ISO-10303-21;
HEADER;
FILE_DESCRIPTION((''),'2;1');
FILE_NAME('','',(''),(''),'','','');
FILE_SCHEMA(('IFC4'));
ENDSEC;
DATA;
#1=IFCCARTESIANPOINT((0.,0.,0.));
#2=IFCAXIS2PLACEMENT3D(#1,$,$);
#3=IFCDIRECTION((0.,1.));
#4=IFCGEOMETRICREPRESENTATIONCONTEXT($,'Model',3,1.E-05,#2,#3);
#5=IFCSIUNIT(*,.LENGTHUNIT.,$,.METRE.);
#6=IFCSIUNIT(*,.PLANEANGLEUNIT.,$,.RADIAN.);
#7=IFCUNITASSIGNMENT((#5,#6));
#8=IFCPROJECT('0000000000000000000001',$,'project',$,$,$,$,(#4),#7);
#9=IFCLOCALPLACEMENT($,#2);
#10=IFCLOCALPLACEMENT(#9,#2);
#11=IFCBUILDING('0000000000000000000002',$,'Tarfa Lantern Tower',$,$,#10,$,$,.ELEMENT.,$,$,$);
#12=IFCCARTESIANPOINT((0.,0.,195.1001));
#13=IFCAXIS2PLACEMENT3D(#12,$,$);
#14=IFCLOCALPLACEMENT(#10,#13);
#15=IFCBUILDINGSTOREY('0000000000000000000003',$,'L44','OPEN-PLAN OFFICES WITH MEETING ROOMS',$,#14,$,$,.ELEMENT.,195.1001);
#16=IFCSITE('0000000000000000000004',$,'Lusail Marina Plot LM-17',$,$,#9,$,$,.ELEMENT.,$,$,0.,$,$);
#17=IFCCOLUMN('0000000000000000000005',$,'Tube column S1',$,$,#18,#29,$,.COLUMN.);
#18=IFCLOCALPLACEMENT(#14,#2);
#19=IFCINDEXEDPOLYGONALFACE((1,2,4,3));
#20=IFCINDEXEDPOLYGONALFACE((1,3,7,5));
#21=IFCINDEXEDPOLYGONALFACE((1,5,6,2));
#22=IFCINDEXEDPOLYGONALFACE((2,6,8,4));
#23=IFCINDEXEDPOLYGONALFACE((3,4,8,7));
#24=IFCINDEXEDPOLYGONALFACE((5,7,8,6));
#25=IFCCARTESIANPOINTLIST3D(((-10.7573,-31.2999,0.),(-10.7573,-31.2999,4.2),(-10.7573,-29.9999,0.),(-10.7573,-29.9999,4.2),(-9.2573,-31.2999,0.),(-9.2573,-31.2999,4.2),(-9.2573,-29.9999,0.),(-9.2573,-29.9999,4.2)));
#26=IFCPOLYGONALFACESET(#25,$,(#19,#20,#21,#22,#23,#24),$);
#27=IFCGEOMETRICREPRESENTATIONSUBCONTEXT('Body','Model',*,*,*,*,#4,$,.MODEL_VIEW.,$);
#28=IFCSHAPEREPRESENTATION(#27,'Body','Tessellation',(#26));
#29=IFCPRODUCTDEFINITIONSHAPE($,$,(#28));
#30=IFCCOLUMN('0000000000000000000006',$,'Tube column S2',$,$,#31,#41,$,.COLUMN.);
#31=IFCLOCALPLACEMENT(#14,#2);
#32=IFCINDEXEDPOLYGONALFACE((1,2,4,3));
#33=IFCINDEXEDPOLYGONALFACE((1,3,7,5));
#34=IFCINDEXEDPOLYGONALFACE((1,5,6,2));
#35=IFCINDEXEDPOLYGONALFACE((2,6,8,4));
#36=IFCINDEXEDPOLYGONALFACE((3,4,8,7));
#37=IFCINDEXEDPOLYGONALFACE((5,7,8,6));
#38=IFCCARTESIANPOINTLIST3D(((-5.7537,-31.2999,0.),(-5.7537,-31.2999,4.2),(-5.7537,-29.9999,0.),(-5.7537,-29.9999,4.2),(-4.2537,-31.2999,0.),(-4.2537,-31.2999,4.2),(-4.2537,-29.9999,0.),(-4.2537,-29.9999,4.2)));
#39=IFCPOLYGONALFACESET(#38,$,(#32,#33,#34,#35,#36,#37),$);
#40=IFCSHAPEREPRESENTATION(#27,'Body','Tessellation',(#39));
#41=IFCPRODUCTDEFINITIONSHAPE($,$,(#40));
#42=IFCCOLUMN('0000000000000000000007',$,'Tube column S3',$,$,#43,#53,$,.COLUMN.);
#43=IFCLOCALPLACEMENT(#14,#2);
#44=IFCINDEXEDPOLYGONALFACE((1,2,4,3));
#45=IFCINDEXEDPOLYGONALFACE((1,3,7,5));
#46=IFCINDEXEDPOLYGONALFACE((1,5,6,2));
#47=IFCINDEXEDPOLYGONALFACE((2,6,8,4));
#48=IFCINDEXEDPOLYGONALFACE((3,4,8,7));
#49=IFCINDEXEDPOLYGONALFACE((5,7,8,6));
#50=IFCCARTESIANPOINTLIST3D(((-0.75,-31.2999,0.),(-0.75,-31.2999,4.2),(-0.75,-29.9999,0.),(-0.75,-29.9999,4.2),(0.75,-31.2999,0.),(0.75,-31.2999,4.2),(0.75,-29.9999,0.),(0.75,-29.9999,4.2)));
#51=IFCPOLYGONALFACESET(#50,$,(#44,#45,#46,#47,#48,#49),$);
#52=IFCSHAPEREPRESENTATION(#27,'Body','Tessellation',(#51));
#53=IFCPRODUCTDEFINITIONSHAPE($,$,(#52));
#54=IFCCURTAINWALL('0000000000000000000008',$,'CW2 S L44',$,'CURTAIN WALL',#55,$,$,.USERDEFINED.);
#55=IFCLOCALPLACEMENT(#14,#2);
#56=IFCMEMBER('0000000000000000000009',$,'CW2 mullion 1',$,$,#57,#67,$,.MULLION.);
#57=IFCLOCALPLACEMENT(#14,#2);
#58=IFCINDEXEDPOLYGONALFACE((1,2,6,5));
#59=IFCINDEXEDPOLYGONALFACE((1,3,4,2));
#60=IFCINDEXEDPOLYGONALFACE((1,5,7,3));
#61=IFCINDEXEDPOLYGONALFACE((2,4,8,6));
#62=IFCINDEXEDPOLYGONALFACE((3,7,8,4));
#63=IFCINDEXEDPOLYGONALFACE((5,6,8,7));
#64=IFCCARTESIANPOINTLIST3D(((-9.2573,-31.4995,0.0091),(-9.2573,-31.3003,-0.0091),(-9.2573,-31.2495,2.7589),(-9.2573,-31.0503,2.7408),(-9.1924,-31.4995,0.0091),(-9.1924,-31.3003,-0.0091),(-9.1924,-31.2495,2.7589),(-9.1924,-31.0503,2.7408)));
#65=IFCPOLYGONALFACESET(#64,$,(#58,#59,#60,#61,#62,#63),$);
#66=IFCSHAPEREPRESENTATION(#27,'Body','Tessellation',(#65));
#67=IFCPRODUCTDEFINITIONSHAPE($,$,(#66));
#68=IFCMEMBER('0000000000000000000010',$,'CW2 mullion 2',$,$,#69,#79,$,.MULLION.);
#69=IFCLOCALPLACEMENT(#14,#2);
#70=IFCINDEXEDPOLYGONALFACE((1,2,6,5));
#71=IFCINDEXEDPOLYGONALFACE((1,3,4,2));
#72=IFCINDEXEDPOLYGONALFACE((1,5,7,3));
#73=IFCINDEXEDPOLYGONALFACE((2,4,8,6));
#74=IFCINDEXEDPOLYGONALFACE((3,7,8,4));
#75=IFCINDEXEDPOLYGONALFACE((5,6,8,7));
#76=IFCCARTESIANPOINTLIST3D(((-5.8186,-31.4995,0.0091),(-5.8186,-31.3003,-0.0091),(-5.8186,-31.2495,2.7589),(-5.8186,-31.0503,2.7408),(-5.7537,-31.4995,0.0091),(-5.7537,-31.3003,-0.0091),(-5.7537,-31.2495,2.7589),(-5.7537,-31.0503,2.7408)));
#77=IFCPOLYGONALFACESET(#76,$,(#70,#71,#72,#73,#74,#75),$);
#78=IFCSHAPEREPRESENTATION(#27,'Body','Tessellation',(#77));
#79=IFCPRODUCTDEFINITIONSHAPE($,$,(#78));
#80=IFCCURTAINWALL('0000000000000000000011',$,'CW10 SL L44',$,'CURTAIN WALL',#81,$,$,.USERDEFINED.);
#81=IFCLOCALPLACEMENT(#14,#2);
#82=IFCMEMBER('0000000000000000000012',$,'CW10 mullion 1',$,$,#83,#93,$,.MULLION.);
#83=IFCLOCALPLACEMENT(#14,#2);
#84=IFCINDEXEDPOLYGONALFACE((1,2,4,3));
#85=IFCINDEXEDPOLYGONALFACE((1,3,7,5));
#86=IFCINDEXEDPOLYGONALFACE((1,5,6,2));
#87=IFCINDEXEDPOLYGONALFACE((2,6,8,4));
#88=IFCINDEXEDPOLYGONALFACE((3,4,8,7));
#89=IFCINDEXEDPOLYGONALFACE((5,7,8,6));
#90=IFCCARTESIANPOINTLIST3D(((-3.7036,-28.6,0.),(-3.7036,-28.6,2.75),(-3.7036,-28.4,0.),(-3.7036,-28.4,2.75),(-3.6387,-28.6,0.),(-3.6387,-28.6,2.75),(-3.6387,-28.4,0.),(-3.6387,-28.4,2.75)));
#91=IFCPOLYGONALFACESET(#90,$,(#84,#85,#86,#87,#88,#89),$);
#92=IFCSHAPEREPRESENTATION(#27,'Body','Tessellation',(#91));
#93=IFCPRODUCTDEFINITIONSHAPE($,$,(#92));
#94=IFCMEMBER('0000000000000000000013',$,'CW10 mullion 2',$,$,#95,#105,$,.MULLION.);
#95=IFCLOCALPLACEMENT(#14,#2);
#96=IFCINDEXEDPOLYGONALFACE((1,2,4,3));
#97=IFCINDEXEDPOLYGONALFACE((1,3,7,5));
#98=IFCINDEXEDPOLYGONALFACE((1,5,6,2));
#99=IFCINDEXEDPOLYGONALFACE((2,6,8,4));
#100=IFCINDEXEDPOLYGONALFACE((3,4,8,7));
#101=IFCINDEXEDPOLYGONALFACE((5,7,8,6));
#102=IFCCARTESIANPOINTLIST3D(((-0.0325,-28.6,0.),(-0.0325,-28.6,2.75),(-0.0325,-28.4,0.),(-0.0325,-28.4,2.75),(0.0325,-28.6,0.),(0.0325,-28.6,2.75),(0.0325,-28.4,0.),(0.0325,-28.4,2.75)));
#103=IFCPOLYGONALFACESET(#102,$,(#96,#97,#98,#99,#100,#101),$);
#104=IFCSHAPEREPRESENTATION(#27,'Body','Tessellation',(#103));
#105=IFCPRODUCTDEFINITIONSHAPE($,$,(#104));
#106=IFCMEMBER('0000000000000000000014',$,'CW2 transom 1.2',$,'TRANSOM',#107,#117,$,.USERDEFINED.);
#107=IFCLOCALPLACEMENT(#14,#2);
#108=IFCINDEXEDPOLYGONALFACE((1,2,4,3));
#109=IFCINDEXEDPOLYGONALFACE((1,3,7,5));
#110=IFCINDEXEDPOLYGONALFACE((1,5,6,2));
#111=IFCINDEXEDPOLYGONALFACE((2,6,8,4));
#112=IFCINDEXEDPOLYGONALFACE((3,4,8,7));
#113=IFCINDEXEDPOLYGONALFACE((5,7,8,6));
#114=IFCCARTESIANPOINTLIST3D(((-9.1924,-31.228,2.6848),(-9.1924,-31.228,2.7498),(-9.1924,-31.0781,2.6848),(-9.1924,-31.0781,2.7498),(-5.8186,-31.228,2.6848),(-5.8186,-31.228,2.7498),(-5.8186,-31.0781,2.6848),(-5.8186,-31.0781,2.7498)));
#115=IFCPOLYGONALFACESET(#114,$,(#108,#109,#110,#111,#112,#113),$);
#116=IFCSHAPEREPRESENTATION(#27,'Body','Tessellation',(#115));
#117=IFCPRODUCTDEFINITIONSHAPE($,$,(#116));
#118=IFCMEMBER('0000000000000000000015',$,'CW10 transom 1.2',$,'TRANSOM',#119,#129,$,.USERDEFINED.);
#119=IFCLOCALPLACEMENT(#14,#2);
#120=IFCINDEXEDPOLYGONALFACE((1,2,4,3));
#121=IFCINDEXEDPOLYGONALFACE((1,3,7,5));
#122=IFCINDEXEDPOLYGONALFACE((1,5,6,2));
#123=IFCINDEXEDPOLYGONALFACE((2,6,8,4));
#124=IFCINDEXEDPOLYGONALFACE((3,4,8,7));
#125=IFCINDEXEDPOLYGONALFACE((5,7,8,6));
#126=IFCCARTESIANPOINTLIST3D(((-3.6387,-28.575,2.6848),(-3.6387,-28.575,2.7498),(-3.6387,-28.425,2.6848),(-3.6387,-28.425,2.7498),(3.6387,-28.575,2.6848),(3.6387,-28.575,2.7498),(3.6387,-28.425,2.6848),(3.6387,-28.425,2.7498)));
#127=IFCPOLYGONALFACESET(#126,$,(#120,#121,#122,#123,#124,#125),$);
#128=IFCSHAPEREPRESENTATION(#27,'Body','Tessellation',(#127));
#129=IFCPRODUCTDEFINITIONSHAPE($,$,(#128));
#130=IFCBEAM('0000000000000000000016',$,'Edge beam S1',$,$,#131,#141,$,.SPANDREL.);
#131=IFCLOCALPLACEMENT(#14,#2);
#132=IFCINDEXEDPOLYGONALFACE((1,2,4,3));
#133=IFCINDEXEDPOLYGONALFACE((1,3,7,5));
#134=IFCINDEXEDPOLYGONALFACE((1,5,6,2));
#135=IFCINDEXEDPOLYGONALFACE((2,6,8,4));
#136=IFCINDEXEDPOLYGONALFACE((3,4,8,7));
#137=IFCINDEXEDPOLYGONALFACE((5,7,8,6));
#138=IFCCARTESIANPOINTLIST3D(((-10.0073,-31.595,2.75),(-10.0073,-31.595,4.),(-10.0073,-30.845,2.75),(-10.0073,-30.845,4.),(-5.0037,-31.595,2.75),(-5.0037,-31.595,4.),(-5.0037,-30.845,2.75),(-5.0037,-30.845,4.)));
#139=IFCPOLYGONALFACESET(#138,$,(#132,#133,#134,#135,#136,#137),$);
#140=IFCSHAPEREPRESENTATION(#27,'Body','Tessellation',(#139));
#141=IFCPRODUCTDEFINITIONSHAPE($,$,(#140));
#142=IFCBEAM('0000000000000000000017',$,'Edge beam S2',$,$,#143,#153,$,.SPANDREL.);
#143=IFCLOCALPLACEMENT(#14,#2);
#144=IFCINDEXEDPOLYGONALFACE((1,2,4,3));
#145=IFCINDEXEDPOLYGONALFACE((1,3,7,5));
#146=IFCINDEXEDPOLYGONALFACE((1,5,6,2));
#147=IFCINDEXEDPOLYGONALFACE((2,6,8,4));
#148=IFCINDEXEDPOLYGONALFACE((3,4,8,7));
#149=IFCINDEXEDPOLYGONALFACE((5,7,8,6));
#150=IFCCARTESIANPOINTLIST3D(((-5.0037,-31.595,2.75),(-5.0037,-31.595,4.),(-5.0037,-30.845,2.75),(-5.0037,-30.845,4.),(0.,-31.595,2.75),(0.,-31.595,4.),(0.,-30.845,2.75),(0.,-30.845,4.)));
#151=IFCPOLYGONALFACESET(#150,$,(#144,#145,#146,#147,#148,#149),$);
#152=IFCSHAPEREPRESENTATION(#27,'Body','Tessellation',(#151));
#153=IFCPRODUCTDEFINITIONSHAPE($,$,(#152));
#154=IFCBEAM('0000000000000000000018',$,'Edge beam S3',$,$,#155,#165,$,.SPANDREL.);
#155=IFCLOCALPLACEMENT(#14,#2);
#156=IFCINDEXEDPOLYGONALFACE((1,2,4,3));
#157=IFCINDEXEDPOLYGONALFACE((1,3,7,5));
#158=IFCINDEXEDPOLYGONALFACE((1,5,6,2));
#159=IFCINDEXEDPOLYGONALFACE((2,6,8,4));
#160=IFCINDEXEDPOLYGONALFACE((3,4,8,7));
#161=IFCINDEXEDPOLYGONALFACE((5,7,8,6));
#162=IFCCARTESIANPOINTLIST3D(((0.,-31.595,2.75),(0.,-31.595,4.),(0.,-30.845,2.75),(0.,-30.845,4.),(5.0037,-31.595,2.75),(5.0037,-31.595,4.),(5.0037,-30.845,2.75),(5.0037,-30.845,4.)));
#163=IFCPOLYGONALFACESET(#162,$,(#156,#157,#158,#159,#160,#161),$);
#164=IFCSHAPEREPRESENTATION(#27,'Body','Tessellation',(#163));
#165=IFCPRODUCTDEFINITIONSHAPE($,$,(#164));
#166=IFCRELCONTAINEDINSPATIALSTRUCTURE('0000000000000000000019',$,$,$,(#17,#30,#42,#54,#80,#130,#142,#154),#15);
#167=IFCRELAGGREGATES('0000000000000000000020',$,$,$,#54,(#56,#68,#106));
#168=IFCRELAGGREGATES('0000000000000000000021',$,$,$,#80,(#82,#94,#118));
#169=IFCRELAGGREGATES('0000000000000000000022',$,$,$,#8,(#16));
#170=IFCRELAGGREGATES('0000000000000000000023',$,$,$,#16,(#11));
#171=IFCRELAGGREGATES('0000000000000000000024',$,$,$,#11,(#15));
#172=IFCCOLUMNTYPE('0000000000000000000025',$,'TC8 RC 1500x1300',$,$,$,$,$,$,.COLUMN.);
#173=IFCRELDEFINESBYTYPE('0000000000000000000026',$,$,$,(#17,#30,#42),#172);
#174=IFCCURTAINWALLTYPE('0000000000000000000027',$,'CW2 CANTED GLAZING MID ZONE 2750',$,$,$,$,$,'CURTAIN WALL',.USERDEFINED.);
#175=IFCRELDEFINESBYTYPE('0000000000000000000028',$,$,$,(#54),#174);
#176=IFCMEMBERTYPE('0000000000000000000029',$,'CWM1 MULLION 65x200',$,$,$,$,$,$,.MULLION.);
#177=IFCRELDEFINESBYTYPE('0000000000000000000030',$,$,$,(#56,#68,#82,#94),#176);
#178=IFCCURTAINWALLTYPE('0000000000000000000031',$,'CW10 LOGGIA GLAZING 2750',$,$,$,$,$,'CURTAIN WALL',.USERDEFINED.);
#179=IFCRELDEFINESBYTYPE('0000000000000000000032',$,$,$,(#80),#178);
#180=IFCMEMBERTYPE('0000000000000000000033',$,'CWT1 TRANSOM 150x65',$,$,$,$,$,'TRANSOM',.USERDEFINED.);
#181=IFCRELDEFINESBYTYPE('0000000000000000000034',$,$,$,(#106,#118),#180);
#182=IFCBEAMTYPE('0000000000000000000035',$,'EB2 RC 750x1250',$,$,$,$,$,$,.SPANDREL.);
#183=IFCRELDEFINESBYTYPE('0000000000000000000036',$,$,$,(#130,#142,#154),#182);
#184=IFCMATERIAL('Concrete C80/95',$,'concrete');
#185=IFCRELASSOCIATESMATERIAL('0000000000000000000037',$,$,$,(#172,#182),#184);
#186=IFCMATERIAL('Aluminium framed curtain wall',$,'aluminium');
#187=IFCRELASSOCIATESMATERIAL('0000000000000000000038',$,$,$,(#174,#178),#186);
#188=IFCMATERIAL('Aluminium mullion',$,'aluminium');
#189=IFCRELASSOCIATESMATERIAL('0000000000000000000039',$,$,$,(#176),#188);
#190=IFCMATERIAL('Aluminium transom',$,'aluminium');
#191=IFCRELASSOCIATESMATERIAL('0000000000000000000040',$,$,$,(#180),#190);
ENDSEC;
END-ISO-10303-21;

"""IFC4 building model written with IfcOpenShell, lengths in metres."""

from ifc_helpers import new_model, si_unit, direction, frame, origin, origin_2d, place, context, subcontext, project, spatial, rectangle, extrude, material, material_profile, profile_set, type_object, element, aggregate, save


model = new_model("IFC4")

# Units and contexts
model_context = context("Model", 3, precision=1e-05, world=origin(), true_north=direction((0.0, 1.0)))
body_context = subcontext(model_context, "Body", "Model", "MODEL_VIEW")
ifc_project = project(units=[si_unit("LENGTHUNIT", "METRE"), si_unit("PLANEANGLEUNIT", "RADIAN")], contexts=[model_context])

# Site, building, storey
site_placement = place(None, origin())
site = spatial("IfcSite", under=ifc_project, at=site_placement, Name="Lusail Marina Plot LM-17", CompositionType="ELEMENT", RefElevation=0.0)
building_placement = place(site_placement, origin())
building = spatial("IfcBuilding", under=site, at=building_placement, Name="Tarfa Lantern Tower", CompositionType="ELEMENT")
storey_placement = place(building_placement, frame((0.0, 0.0, 195.1001)))
storey = spatial("IfcBuildingStorey", under=building, at=storey_placement, Name="L44", Description="OPEN-PLAN OFFICES WITH MEETING ROOMS", CompositionType="ELEMENT", Elevation=195.1001)

# Columns
ifc_material_1 = material(Name="Concrete C80/95", Category="concrete")
ifc_material_profile_1 = material_profile(ifc_material_1, rectangle(XDim=1.5, YDim=1.3, at=origin_2d()), Name="RC 1500x1300")
ifc_profile_set_1 = profile_set([ifc_material_profile_1], Name="Concrete C80/95")
column_type = type_object("IfcColumnType", Name="TC8 RC 1500x1300", PredefinedType="COLUMN", material=ifc_profile_set_1)
for number, where, z_axis, x_axis, name in (
    (1, (-10.0073, -30.6499, 0.0), (0.0, 0.0, 1.0), (1.0, 0.0, 0.0), "Tube column S1"),
    (2, (-5.0037, -30.6499, 0.0), (0.0, 0.0, 1.0), (1.0, 0.0, 0.0), "Tube column S2"),
    (3, (0.0, -30.6499, 0.0), (0.0, 0.0, 1.0), (1.0, 0.0, 0.0), "Tube column S3"),
):
    element("IfcColumn", number, at=place(storey_placement, frame(where, z_axis=z_axis, x_axis=x_axis)), inside=storey, type_object=column_type, Name=name, PredefinedType="COLUMN", context=body_context, shape_type="SweptSolid", body=[
        extrude(rectangle(XDim=1.5, YDim=1.3, at=origin_2d()), origin(), (0.0, 0.0, 1.0), 4.2),
    ])

# Curtain walls, members
ifc_material_2 = material(Name="Aluminium framed curtain wall", Category="aluminium")
curtain_wall_type_1 = type_object("IfcCurtainWallType", Name="CW2 CANTED GLAZING MID ZONE 2750", ElementType="CURTAIN WALL", PredefinedType="USERDEFINED", material=ifc_material_2)
curtain_wall_1_placement = place(storey_placement, origin())
curtain_wall_1 = element("IfcCurtainWall", 4, at=curtain_wall_1_placement, inside=storey, type_object=curtain_wall_type_1, Name="CW2 S L44", ObjectType="CURTAIN WALL", PredefinedType="USERDEFINED")
ifc_material_3 = material(Name="Aluminium mullion", Category="aluminium")
ifc_material_profile_2 = material_profile(ifc_material_3, rectangle(XDim=0.0649, YDim=0.2, at=origin_2d()), Name="AL MULLION 65x200")
ifc_profile_set_2 = profile_set([ifc_material_profile_2], Name="Aluminium mullion")
member_type_1 = type_object("IfcMemberType", Name="CWM1 MULLION 65x200", PredefinedType="MULLION", material=ifc_profile_set_2)
member_1_placement = place(storey_placement, frame((-9.2249, -31.3999, 0.0), z_axis=(0.0, 0.090536, 0.995893), x_axis=(-1.0, 0.0, 0.0)))
member_1 = element("IfcMember", 5, at=member_1_placement, type_object=member_type_1, Name="CW2 mullion 1", PredefinedType="MULLION", context=body_context, shape_type="SweptSolid", body=[
    extrude(rectangle(XDim=0.0649, YDim=0.2, at=origin_2d()), origin(), (0.0, 0.0, 1.0), 2.7612),
])
member_2_placement = place(storey_placement, frame((-5.7861, -31.3999, 0.0), z_axis=(0.0, 0.090536, 0.995893), x_axis=(-1.0, 0.0, 0.0)))
member_2 = element("IfcMember", 6, at=member_2_placement, type_object=member_type_1, Name="CW2 mullion 2", PredefinedType="MULLION", context=body_context, shape_type="SweptSolid", body=[
    extrude(rectangle(XDim=0.0649, YDim=0.2, at=origin_2d()), origin(), (0.0, 0.0, 1.0), 2.7612),
])
curtain_wall_type_2 = type_object("IfcCurtainWallType", Name="CW10 LOGGIA GLAZING 2750", ElementType="CURTAIN WALL", PredefinedType="USERDEFINED", material=ifc_material_2)
curtain_wall_2_placement = place(storey_placement, origin())
curtain_wall_2 = element("IfcCurtainWall", 7, at=curtain_wall_2_placement, inside=storey, type_object=curtain_wall_type_2, Name="CW10 SL L44", ObjectType="CURTAIN WALL", PredefinedType="USERDEFINED")
member_3_placement = place(storey_placement, frame((-3.6711, -28.5, 0.0), z_axis=(0.0, 0.0, 1.0), x_axis=(1.0, 0.0, 0.0)))
member_3 = element("IfcMember", 8, at=member_3_placement, type_object=member_type_1, Name="CW10 mullion 1", PredefinedType="MULLION", context=body_context, shape_type="SweptSolid", body=[
    extrude(rectangle(XDim=0.0649, YDim=0.2, at=origin_2d()), origin(), (0.0, 0.0, 1.0), 2.75),
])
member_4_placement = place(storey_placement, frame((0.0, -28.5, 0.0), z_axis=(0.0, 0.0, 1.0), x_axis=(1.0, 0.0, 0.0)))
member_4 = element("IfcMember", 9, at=member_4_placement, type_object=member_type_1, Name="CW10 mullion 2", PredefinedType="MULLION", context=body_context, shape_type="SweptSolid", body=[
    extrude(rectangle(XDim=0.0649, YDim=0.2, at=origin_2d()), origin(), (0.0, 0.0, 1.0), 2.75),
])

# Members
ifc_material_4 = material(Name="Aluminium transom", Category="aluminium")
ifc_material_profile_3 = material_profile(ifc_material_4, rectangle(XDim=0.1499, YDim=0.0649, at=origin_2d()), Name="AL TRANSOM 150x65")
ifc_profile_set_3 = profile_set([ifc_material_profile_3], Name="Aluminium transom")
member_type_2 = type_object("IfcMemberType", Name="CWT1 TRANSOM 150x65", ElementType="TRANSOM", PredefinedType="USERDEFINED", material=ifc_profile_set_3)
member_5_placement = place(storey_placement, frame((-9.1924, -31.1531, 2.7173), z_axis=(1.0, 0.0, 0.0), x_axis=(0.0, 1.0, 0.0)))
member_5 = element("IfcMember", 10, at=member_5_placement, type_object=member_type_2, Name="CW2 transom 1.2", ObjectType="TRANSOM", PredefinedType="USERDEFINED", context=body_context, shape_type="SweptSolid", body=[
    extrude(rectangle(XDim=0.1499, YDim=0.0649, at=origin_2d()), origin(), (0.0, 0.0, 1.0), 3.3738),
])
member_6_placement = place(storey_placement, frame((-3.6387, -28.5, 2.7173), z_axis=(1.0, 0.0, 0.0), x_axis=(0.0, 1.0, 0.0)))
member_6 = element("IfcMember", 11, at=member_6_placement, type_object=member_type_2, Name="CW10 transom 1.2", ObjectType="TRANSOM", PredefinedType="USERDEFINED", context=body_context, shape_type="SweptSolid", body=[
    extrude(rectangle(XDim=0.1499, YDim=0.0649, at=origin_2d()), origin(), (0.0, 0.0, 1.0), 7.2773),
])

# Beams
ifc_material_profile_4 = material_profile(ifc_material_1, rectangle(XDim=0.75, YDim=1.25, at=origin_2d()), Name="RC 750x1250")
ifc_profile_set_4 = profile_set([ifc_material_profile_4], Name="Concrete C80/95")
beam_type_1 = type_object("IfcBeamType", Name="EB2 RC 750x1250", PredefinedType="SPANDREL", material=ifc_profile_set_4)
for number, where, z_axis, x_axis, name in (
    (12, (-10.0073, -31.22, 3.375), (1.0, 0.0, 0.0), (0.0, 1.0, 0.0), "Edge beam S1"),
    (13, (-5.0037, -31.22, 3.375), (1.0, 0.0, 0.0), (0.0, 1.0, 0.0), "Edge beam S2"),
    (14, (0.0, -31.22, 3.375), (1.0, 0.0, 0.0), (0.0, 1.0, 0.0), "Edge beam S3"),
):
    element("IfcBeam", number, at=place(storey_placement, frame(where, z_axis=z_axis, x_axis=x_axis)), inside=storey, type_object=beam_type_1, Name=name, PredefinedType="SPANDREL", context=body_context, shape_type="SweptSolid", body=[
        extrude(rectangle(XDim=0.75, YDim=1.25, at=origin_2d()), origin(), (0.0, 0.0, 1.0), 5.0037),
    ])

aggregate(curtain_wall_1, [member_1, member_2, member_5])
aggregate(curtain_wall_2, [member_3, member_4, member_6])

save(model, "model.ifc")
